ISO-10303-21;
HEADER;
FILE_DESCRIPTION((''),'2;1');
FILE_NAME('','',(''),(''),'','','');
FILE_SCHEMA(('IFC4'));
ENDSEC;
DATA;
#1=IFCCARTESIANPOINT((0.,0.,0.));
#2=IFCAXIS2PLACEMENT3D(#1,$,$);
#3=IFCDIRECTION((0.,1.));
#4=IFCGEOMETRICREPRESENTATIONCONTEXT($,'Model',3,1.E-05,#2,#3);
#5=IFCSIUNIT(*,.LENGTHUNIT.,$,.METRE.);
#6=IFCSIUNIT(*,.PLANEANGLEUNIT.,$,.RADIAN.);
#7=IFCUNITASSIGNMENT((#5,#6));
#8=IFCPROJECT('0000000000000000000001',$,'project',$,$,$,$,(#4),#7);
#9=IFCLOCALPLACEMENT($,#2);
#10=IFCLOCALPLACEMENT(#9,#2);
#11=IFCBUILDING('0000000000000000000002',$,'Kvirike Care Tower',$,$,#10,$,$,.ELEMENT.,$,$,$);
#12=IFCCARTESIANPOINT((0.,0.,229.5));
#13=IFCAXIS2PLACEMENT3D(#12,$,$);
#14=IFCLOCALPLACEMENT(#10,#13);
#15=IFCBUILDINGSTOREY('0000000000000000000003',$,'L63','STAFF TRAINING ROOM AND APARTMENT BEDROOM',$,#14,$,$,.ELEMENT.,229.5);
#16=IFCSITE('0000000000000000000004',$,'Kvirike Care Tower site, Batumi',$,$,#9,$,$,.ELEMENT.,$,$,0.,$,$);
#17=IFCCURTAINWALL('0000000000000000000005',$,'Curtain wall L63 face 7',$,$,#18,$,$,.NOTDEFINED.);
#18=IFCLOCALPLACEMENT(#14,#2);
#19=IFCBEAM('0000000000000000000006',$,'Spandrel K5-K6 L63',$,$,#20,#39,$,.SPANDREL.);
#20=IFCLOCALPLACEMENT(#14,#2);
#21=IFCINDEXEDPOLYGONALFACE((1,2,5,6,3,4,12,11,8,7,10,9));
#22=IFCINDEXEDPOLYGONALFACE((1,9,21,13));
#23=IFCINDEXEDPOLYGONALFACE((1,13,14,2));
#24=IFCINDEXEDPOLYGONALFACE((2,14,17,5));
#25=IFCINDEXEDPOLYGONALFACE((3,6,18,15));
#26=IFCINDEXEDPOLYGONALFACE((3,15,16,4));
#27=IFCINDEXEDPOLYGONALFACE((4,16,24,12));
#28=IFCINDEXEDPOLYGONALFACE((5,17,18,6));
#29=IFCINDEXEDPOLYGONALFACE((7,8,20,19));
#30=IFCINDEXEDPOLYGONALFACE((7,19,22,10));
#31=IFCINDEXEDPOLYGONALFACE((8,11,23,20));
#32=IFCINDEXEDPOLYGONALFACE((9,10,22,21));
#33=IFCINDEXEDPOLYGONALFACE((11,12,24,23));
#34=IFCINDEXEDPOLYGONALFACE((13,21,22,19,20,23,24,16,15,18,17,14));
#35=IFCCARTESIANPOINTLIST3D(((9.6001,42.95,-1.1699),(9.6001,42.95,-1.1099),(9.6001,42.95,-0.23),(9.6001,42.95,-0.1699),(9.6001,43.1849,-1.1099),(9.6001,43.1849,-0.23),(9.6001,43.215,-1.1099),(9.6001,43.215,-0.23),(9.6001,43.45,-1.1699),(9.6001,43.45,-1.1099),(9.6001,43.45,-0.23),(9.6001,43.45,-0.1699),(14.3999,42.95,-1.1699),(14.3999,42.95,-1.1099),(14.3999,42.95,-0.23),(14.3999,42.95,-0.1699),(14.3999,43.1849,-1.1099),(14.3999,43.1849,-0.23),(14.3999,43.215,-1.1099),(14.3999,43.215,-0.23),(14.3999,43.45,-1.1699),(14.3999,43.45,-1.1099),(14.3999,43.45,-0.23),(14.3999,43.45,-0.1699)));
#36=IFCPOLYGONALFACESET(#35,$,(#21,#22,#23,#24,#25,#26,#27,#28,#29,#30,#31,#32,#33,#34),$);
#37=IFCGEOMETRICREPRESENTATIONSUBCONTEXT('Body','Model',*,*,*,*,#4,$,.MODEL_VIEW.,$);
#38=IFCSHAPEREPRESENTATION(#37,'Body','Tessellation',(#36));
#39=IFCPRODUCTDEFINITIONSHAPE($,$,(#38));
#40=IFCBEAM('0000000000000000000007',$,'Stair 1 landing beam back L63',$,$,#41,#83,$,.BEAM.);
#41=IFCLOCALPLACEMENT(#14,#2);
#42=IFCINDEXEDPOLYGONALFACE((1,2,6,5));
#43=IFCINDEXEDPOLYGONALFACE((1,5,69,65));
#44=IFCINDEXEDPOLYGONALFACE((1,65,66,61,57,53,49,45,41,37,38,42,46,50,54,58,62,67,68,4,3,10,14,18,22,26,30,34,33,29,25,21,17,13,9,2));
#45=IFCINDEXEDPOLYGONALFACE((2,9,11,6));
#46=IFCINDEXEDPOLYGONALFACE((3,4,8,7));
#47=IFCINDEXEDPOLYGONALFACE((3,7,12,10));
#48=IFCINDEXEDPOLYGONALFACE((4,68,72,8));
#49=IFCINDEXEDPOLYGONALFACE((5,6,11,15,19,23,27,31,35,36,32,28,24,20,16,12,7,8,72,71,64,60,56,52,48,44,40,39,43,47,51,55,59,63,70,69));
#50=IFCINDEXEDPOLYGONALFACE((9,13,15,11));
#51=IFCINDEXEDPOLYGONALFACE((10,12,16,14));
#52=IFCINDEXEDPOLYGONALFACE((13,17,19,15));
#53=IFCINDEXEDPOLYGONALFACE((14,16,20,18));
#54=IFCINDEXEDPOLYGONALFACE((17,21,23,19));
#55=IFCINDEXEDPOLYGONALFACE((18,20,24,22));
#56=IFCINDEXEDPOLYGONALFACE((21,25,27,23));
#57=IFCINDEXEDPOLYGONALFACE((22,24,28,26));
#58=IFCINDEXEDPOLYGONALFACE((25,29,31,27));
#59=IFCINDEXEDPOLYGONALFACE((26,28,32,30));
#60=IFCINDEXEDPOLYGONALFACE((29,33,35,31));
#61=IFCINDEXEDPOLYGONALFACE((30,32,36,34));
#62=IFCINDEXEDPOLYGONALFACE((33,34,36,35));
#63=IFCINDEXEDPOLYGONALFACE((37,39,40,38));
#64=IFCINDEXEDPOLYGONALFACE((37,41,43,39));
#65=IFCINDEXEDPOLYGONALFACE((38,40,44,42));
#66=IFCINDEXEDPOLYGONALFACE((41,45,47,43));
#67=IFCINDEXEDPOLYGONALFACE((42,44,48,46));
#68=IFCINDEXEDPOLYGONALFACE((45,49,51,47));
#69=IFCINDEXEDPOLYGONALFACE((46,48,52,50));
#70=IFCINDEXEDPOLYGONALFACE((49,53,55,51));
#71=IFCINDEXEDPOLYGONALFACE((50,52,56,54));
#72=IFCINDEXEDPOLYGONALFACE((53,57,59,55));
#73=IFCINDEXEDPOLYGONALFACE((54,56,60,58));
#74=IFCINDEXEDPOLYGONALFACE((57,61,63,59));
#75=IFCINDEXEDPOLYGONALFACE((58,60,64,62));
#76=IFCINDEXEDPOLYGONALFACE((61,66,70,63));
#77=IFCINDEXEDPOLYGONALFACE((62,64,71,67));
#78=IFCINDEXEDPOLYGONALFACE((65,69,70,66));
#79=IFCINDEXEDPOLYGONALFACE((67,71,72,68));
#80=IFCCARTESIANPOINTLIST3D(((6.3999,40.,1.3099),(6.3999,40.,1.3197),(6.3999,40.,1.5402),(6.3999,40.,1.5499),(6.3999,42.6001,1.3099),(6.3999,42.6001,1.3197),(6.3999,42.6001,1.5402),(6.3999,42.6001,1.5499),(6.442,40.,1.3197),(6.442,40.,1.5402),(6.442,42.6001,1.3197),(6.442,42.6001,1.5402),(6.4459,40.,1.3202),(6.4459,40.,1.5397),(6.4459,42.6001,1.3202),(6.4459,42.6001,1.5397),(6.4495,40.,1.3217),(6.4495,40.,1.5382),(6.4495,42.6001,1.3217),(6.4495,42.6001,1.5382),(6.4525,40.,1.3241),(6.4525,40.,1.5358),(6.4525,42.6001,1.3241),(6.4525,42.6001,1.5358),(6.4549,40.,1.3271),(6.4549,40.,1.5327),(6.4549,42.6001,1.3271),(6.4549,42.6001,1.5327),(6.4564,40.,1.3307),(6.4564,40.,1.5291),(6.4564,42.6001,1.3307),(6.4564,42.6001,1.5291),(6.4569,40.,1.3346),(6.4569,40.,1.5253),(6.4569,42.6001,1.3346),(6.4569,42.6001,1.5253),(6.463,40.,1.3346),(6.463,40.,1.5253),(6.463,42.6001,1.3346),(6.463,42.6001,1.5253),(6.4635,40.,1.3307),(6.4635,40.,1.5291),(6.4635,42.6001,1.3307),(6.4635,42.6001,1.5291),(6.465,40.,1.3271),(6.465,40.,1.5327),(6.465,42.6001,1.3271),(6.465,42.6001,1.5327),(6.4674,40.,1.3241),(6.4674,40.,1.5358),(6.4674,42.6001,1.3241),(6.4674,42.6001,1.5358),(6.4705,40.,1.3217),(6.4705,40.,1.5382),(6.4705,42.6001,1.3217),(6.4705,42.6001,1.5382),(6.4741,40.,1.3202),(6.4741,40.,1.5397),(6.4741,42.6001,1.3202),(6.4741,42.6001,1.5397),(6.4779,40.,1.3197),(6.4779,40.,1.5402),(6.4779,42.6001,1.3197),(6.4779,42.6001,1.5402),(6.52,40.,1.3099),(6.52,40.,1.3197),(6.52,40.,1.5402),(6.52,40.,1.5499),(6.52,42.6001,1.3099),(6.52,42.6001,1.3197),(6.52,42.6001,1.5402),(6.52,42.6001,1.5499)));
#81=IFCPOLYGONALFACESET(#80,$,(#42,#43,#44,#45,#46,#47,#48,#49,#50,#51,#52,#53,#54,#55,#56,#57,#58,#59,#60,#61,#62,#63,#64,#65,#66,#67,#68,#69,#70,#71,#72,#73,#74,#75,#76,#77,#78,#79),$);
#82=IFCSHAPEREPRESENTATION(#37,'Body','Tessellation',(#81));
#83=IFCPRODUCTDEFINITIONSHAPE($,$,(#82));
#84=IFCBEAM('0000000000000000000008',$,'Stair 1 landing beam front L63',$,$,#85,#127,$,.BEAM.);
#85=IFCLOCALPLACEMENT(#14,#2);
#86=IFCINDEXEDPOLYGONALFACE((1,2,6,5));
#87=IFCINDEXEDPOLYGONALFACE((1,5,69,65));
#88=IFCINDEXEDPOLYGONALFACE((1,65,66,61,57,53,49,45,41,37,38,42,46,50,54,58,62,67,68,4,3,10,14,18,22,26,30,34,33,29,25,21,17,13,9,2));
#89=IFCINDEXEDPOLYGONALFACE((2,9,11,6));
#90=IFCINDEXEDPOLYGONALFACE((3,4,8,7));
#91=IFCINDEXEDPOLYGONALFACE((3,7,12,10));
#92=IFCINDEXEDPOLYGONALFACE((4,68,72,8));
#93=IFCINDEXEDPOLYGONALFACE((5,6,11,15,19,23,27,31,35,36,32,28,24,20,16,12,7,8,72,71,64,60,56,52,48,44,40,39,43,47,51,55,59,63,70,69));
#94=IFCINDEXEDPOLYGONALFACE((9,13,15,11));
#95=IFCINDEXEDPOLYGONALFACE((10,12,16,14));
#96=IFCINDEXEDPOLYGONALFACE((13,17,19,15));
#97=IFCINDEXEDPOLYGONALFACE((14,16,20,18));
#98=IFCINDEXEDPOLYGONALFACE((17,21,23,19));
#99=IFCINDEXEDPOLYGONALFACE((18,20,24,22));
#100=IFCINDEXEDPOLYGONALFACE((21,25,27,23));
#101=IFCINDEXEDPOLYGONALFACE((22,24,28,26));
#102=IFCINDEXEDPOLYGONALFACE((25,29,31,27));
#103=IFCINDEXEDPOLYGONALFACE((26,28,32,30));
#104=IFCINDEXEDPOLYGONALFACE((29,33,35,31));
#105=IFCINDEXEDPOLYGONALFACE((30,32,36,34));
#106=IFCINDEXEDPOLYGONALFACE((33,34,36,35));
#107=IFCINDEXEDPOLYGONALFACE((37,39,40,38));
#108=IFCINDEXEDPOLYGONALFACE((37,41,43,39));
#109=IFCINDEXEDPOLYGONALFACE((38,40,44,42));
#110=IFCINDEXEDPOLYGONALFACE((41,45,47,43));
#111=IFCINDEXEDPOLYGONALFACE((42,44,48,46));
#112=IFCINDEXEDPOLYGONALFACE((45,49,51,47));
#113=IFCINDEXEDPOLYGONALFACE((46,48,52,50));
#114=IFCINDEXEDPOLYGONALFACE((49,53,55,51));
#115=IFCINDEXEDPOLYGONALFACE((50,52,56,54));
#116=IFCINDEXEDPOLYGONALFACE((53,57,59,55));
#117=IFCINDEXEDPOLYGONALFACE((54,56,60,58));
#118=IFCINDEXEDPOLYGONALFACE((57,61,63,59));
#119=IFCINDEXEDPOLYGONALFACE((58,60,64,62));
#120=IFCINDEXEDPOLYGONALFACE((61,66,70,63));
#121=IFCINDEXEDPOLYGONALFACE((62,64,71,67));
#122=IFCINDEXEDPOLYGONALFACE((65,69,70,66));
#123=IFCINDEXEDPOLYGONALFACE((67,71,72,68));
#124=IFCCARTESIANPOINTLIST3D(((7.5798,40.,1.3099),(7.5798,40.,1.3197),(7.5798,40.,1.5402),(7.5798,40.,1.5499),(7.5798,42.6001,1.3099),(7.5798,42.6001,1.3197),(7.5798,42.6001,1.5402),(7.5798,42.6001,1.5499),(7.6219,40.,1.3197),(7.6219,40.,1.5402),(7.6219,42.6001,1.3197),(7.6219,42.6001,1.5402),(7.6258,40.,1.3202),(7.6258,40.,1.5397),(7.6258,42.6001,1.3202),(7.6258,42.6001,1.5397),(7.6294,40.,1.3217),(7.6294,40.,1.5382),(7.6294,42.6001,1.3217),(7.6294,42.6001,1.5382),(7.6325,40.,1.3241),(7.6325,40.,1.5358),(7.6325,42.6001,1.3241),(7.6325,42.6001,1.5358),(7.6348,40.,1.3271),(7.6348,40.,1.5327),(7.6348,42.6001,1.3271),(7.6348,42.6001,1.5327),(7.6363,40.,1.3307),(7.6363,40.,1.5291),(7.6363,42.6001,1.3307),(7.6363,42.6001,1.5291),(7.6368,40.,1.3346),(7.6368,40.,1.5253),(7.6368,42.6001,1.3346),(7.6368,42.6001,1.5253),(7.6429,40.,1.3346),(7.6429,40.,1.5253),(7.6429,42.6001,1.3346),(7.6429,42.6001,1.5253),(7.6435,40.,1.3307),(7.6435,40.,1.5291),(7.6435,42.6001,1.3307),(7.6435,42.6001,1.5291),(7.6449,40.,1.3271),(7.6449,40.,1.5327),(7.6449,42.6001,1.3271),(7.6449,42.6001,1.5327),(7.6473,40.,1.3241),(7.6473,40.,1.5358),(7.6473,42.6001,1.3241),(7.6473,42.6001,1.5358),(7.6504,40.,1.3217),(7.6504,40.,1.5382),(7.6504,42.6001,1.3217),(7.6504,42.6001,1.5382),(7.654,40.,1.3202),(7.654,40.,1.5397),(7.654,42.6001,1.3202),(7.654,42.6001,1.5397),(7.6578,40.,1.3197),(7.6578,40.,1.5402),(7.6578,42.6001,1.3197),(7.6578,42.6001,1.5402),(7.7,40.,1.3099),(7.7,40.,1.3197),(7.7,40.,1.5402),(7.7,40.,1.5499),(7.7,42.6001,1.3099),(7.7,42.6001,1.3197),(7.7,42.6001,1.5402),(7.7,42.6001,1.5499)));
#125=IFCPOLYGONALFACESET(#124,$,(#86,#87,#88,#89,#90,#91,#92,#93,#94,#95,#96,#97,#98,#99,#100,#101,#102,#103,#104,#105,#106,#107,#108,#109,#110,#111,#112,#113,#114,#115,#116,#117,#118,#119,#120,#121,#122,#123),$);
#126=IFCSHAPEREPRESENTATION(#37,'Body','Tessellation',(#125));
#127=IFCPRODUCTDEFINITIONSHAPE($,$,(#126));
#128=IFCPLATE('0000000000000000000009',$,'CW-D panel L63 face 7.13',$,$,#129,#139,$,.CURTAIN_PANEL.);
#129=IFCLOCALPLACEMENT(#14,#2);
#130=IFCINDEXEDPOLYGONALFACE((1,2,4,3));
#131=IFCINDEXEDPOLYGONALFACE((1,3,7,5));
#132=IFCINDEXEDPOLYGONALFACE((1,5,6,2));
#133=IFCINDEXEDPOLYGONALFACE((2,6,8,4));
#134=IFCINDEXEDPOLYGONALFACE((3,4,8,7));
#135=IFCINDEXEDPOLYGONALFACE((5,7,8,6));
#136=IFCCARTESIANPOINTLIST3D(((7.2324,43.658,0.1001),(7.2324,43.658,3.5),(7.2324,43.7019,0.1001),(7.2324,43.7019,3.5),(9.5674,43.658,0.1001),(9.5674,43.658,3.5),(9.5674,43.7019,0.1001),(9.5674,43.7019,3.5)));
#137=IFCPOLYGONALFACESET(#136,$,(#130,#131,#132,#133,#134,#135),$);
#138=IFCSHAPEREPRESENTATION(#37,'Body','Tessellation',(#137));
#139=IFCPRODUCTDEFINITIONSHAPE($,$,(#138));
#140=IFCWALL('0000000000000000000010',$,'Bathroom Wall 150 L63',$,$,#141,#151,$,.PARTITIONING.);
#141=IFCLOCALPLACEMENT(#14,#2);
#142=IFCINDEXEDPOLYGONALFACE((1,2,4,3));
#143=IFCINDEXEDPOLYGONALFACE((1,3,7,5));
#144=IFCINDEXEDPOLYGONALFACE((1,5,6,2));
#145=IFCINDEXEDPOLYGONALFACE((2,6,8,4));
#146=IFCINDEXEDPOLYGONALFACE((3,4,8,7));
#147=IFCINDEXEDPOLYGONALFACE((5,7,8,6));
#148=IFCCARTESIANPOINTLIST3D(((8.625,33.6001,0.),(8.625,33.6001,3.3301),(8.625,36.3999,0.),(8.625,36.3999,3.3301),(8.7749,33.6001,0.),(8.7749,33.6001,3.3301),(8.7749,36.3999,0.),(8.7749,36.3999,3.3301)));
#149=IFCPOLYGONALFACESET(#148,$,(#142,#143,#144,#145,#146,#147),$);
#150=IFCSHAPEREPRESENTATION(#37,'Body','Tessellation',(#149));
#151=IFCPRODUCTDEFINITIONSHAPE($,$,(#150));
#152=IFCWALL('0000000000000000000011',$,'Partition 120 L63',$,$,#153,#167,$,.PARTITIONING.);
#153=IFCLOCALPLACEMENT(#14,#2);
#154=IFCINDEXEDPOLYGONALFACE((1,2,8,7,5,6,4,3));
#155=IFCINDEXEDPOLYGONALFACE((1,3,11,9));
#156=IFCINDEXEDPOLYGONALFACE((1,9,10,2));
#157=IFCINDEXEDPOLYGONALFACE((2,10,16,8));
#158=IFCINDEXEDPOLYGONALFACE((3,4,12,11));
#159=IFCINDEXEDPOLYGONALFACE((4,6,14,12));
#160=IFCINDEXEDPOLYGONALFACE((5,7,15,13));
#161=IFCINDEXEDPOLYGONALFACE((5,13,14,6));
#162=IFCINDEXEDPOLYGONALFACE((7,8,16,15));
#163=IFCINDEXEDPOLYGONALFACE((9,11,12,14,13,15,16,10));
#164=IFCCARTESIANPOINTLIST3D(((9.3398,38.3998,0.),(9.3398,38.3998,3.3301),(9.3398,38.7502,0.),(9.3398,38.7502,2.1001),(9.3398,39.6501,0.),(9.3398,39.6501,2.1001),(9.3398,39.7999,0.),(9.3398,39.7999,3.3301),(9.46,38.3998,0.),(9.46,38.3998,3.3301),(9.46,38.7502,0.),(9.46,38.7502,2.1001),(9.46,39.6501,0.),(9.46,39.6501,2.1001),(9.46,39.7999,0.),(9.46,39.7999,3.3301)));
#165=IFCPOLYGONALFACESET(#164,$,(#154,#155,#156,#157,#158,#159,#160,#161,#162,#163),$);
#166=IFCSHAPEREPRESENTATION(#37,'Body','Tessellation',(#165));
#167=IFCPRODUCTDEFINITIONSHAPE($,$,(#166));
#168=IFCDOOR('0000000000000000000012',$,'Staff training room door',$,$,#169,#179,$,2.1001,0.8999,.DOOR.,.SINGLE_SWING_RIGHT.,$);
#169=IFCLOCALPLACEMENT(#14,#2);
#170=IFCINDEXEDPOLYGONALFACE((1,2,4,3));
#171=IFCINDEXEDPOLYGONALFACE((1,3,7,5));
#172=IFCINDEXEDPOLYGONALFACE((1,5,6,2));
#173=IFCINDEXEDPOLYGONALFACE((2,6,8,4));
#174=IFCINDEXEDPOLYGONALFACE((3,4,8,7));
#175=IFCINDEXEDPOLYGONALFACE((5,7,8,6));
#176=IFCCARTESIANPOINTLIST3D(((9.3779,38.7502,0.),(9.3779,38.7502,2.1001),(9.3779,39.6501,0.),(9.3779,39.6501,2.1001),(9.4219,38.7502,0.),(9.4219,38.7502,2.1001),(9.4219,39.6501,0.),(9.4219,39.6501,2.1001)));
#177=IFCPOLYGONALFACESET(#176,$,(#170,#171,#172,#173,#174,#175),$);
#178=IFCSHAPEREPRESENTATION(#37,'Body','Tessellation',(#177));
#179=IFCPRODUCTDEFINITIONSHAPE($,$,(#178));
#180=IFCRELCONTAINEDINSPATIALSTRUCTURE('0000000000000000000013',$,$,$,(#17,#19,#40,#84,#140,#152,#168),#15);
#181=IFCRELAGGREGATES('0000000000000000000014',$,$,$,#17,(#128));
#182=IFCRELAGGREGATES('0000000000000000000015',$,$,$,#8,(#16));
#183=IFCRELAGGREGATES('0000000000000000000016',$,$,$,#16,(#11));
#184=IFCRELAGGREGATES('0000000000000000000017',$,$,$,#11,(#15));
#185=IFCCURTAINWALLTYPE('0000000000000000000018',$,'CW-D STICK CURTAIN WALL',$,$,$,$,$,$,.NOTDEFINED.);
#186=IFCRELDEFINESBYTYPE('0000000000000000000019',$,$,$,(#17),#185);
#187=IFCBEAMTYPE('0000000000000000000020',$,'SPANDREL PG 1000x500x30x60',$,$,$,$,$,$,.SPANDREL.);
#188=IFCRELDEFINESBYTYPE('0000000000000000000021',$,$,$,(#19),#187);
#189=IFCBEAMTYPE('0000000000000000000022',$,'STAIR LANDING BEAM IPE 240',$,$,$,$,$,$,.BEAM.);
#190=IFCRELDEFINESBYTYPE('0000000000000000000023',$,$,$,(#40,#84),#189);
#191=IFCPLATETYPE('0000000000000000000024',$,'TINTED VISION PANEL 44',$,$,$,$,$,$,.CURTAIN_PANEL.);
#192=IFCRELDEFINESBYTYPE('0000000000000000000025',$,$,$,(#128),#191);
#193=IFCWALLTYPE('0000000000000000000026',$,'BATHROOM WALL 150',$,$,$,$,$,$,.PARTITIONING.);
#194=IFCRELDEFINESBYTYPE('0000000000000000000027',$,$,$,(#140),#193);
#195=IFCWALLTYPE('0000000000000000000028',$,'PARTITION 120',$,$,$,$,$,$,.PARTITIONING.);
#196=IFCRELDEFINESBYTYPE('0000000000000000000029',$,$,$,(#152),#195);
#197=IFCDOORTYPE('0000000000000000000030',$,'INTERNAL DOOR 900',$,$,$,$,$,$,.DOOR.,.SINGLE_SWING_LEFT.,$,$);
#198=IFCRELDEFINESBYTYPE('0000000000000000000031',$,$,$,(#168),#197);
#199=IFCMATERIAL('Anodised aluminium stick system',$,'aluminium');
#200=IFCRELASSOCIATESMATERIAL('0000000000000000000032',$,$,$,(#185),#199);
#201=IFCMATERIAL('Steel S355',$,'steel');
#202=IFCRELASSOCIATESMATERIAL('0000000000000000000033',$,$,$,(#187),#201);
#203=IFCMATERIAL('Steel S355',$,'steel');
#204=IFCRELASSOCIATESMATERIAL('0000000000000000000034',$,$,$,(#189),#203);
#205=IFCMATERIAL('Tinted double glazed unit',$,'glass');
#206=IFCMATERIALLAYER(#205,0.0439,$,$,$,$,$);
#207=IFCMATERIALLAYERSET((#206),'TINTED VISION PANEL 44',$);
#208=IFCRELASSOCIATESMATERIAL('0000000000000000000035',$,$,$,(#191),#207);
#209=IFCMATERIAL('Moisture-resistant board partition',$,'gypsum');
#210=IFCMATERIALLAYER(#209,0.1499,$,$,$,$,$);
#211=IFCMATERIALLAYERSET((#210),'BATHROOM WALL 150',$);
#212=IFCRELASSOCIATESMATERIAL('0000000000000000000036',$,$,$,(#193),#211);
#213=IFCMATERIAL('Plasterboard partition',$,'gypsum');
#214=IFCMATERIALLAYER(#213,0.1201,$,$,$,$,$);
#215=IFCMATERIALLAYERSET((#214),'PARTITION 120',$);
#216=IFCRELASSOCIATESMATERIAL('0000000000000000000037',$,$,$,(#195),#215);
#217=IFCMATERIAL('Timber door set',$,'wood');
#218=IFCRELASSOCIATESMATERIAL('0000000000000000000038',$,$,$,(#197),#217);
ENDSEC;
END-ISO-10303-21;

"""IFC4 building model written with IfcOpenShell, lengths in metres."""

from ifc_helpers import new_model, si_unit, direction, frame, frame_2d, origin, origin_2d, place, context, subcontext, project, spatial, rectangle, i_section, extrude, material, layer, layer_set, material_profile, profile_set, type_object, element, fill, aggregate, save


model = new_model("IFC4")

# Units and contexts
model_context = context("Model", 3, precision=1e-05, world=origin(), true_north=direction((0.0, 1.0)))
body_context = subcontext(model_context, "Body", "Model", "MODEL_VIEW")
ifc_project = project(units=[si_unit("LENGTHUNIT", "METRE"), si_unit("PLANEANGLEUNIT", "RADIAN")], contexts=[model_context])

# Site, building, storey
site_placement = place(None, origin())
site = spatial("IfcSite", under=ifc_project, at=site_placement, Name="Kvirike Care Tower site, Batumi", CompositionType="ELEMENT", RefElevation=0.0)
building_placement = place(site_placement, origin())
building = spatial("IfcBuilding", under=site, at=building_placement, Name="Kvirike Care Tower", CompositionType="ELEMENT")
storey_placement = place(building_placement, frame((0.0, 0.0, 229.5)))
storey = spatial("IfcBuildingStorey", under=building, at=storey_placement, Name="L63", Description="STAFF TRAINING ROOM AND APARTMENT BEDROOM", CompositionType="ELEMENT", Elevation=229.5)

# Curtain wall
ifc_material_1 = material(Name="Anodised aluminium stick system", Category="aluminium")
curtain_wall_type = type_object("IfcCurtainWallType", Name="CW-D STICK CURTAIN WALL", PredefinedType="NOTDEFINED", material=ifc_material_1)
curtain_wall_placement = place(storey_placement, origin())
curtain_wall = element("IfcCurtainWall", 1, at=curtain_wall_placement, inside=storey, type_object=curtain_wall_type, Name="Curtain wall L63 face 7", PredefinedType="NOTDEFINED")

# Beams
ifc_material_2 = material(Name="Steel S355", Category="steel")
ifc_material_profile_1 = material_profile(ifc_material_2, i_section(OverallWidth=0.5, OverallDepth=1.0, WebThickness=0.03, FlangeThickness=0.0601, at=origin_2d()), Name="PG 1000x500x30x60")
ifc_profile_set_1 = profile_set([ifc_material_profile_1], Name="Steel S355")
beam_type_1 = type_object("IfcBeamType", Name="SPANDREL PG 1000x500x30x60", PredefinedType="SPANDREL", material=ifc_profile_set_1)
beam_placement = place(storey_placement, frame((9.6001, 43.2, -0.6699), z_axis=(1.0, 0.0, 0.0), x_axis=(0.0, 1.0, 0.0)))
element("IfcBeam", 2, at=beam_placement, inside=storey, type_object=beam_type_1, Name="Spandrel K5-K6 L63", PredefinedType="SPANDREL", context=body_context, shape_type="SweptSolid", body=[
    extrude(i_section(OverallWidth=0.5, OverallDepth=1.0, WebThickness=0.03, FlangeThickness=0.0601, at=origin_2d()), origin(), (0.0, 0.0, 1.0), 4.7998),
])
ifc_material_3 = material(Name="Steel S355", Category="steel")
ifc_material_profile_2 = material_profile(ifc_material_3, i_section(OverallWidth=0.1201, OverallDepth=0.24, WebThickness=0.0061, FlangeThickness=0.0098, FilletRadius=0.0149, at=origin_2d()), Name="IPE 240")
ifc_profile_set_2 = profile_set([ifc_material_profile_2], Name="Steel S355")
beam_type_2 = type_object("IfcBeamType", Name="STAIR LANDING BEAM IPE 240", PredefinedType="BEAM", material=ifc_profile_set_2)
for number, where, z_axis, x_axis, name in (
    (3, (6.46, 42.6001, 1.4299), (0.0, -1.0, 0.0), (1.0, 0.0, 0.0), "Stair 1 landing beam back L63"),
    (4, (7.6399, 42.6001, 1.4299), (0.0, -1.0, 0.0), (1.0, 0.0, 0.0), "Stair 1 landing beam front L63"),
):
    element("IfcBeam", number, at=place(storey_placement, frame(where, z_axis=z_axis, x_axis=x_axis)), inside=storey, type_object=beam_type_2, Name=name, PredefinedType="BEAM", context=body_context, shape_type="SweptSolid", body=[
        extrude(i_section(OverallWidth=0.1201, OverallDepth=0.24, WebThickness=0.0061, FlangeThickness=0.0098, FilletRadius=0.0149, at=origin_2d()), origin(), (0.0, 0.0, 1.0), 2.6001),
    ])

# Plate
ifc_material_4 = material(Name="Tinted double glazed unit", Category="glass")
ifc_layer_1 = layer(ifc_material_4, 0.0439)
ifc_layer_set_1 = layer_set([ifc_layer_1], Name="TINTED VISION PANEL 44")
plate_type = type_object("IfcPlateType", Name="TINTED VISION PANEL 44", PredefinedType="CURTAIN_PANEL", material=ifc_layer_set_1)
plate_placement = place(storey_placement, frame((8.3999, 43.6799, 0.1001), z_axis=(0.0, 0.0, 1.0), x_axis=(-1.0, 0.0, 0.0)))
plate = element("IfcPlate", 5, at=plate_placement, type_object=plate_type, Name="CW-D panel L63 face 7.13", PredefinedType="CURTAIN_PANEL", context=body_context, shape_type="SweptSolid", body=[
    extrude(rectangle(XDim=2.335, YDim=0.0439, at=origin_2d()), origin(), (0.0, 0.0, 1.0), 3.3999),
])
aggregate(curtain_wall, [plate])

# Wall
ifc_material_5 = material(Name="Moisture-resistant board partition", Category="gypsum")
ifc_layer_2 = layer(ifc_material_5, 0.1499)
ifc_layer_set_2 = layer_set([ifc_layer_2], Name="BATHROOM WALL 150")
wall_type_1 = type_object("IfcWallType", Name="BATHROOM WALL 150", PredefinedType="PARTITIONING", material=ifc_layer_set_2)
wall_1_placement = place(storey_placement, frame((8.7, 36.3999, 0.0), z_axis=(0.0, 0.0, 1.0), x_axis=(0.0, -1.0, 0.0)))
element("IfcWall", 6, at=wall_1_placement, inside=storey, type_object=wall_type_1, Name="Bathroom Wall 150 L63", PredefinedType="PARTITIONING", context=body_context, shape_type="SweptSolid", body=[
    extrude(rectangle(XDim=2.7998, YDim=0.1499, at=frame_2d((1.3999, 0.0))), origin(), (0.0, 0.0, 1.0), 3.3301),
])

# Wall, opening, door
ifc_material_6 = material(Name="Plasterboard partition", Category="gypsum")
ifc_layer_3 = layer(ifc_material_6, 0.1201)
ifc_layer_set_3 = layer_set([ifc_layer_3], Name="PARTITION 120")
wall_type_2 = type_object("IfcWallType", Name="PARTITION 120", PredefinedType="PARTITIONING", material=ifc_layer_set_3)
wall_2_placement = place(storey_placement, frame((9.3999, 39.8, 0.0), z_axis=(0.0, 0.0, 1.0), x_axis=(0.0, -1.0, 0.0)))
wall_2 = element("IfcWall", 7, at=wall_2_placement, inside=storey, type_object=wall_type_2, Name="Partition 120 L63", PredefinedType="PARTITIONING", context=body_context, shape_type="SweptSolid", body=[
    extrude(rectangle(XDim=1.4001, YDim=0.1201, at=frame_2d((0.7002, 0.0))), origin(), (0.0, 0.0, 1.0), 3.3301),
])
opening_1_placement = place(wall_2_placement, frame((0.1499, 0.0, 0.0)))
opening_1 = element("IfcOpeningElement", 8, at=opening_1_placement, cuts=wall_2, PredefinedType="OPENING", context=body_context, shape_type="SweptSolid", body=[
    extrude(rectangle(XDim=0.8999, YDim=2.1001, at=frame_2d((0.45, 1.05))), frame((0.0, 0.0706, 0.0), z_axis=(0.0, -1.0, 0.0), x_axis=(1.0, 0.0, 0.0)), (0.0, 0.0, 1.0), 0.1411),
])
ifc_material_7 = material(Name="Timber door set", Category="wood")
door_type = type_object("IfcDoorType", Name="INTERNAL DOOR 900", OperationType="SINGLE_SWING_LEFT", PredefinedType="DOOR", material=ifc_material_7)
door_1_placement = place(opening_1_placement, origin())
door_1 = element("IfcDoor", 9, at=door_1_placement, inside=storey, type_object=door_type, Name="Staff training room door", OperationType="SINGLE_SWING_RIGHT", OverallHeight=2.1001, OverallWidth=0.8999, PredefinedType="DOOR", context=body_context, shape_type="SweptSolid", body=[
    extrude(rectangle(XDim=0.8999, YDim=2.1001, at=frame_2d((0.45, 1.05))), frame((0.0, 0.022, 0.0), z_axis=(0.0, -1.0, 0.0), x_axis=(1.0, 0.0, 0.0)), (0.0, 0.0, 1.0), 0.0439),
])
fill(opening_1, door_1)

save(model, "model.ifc")
